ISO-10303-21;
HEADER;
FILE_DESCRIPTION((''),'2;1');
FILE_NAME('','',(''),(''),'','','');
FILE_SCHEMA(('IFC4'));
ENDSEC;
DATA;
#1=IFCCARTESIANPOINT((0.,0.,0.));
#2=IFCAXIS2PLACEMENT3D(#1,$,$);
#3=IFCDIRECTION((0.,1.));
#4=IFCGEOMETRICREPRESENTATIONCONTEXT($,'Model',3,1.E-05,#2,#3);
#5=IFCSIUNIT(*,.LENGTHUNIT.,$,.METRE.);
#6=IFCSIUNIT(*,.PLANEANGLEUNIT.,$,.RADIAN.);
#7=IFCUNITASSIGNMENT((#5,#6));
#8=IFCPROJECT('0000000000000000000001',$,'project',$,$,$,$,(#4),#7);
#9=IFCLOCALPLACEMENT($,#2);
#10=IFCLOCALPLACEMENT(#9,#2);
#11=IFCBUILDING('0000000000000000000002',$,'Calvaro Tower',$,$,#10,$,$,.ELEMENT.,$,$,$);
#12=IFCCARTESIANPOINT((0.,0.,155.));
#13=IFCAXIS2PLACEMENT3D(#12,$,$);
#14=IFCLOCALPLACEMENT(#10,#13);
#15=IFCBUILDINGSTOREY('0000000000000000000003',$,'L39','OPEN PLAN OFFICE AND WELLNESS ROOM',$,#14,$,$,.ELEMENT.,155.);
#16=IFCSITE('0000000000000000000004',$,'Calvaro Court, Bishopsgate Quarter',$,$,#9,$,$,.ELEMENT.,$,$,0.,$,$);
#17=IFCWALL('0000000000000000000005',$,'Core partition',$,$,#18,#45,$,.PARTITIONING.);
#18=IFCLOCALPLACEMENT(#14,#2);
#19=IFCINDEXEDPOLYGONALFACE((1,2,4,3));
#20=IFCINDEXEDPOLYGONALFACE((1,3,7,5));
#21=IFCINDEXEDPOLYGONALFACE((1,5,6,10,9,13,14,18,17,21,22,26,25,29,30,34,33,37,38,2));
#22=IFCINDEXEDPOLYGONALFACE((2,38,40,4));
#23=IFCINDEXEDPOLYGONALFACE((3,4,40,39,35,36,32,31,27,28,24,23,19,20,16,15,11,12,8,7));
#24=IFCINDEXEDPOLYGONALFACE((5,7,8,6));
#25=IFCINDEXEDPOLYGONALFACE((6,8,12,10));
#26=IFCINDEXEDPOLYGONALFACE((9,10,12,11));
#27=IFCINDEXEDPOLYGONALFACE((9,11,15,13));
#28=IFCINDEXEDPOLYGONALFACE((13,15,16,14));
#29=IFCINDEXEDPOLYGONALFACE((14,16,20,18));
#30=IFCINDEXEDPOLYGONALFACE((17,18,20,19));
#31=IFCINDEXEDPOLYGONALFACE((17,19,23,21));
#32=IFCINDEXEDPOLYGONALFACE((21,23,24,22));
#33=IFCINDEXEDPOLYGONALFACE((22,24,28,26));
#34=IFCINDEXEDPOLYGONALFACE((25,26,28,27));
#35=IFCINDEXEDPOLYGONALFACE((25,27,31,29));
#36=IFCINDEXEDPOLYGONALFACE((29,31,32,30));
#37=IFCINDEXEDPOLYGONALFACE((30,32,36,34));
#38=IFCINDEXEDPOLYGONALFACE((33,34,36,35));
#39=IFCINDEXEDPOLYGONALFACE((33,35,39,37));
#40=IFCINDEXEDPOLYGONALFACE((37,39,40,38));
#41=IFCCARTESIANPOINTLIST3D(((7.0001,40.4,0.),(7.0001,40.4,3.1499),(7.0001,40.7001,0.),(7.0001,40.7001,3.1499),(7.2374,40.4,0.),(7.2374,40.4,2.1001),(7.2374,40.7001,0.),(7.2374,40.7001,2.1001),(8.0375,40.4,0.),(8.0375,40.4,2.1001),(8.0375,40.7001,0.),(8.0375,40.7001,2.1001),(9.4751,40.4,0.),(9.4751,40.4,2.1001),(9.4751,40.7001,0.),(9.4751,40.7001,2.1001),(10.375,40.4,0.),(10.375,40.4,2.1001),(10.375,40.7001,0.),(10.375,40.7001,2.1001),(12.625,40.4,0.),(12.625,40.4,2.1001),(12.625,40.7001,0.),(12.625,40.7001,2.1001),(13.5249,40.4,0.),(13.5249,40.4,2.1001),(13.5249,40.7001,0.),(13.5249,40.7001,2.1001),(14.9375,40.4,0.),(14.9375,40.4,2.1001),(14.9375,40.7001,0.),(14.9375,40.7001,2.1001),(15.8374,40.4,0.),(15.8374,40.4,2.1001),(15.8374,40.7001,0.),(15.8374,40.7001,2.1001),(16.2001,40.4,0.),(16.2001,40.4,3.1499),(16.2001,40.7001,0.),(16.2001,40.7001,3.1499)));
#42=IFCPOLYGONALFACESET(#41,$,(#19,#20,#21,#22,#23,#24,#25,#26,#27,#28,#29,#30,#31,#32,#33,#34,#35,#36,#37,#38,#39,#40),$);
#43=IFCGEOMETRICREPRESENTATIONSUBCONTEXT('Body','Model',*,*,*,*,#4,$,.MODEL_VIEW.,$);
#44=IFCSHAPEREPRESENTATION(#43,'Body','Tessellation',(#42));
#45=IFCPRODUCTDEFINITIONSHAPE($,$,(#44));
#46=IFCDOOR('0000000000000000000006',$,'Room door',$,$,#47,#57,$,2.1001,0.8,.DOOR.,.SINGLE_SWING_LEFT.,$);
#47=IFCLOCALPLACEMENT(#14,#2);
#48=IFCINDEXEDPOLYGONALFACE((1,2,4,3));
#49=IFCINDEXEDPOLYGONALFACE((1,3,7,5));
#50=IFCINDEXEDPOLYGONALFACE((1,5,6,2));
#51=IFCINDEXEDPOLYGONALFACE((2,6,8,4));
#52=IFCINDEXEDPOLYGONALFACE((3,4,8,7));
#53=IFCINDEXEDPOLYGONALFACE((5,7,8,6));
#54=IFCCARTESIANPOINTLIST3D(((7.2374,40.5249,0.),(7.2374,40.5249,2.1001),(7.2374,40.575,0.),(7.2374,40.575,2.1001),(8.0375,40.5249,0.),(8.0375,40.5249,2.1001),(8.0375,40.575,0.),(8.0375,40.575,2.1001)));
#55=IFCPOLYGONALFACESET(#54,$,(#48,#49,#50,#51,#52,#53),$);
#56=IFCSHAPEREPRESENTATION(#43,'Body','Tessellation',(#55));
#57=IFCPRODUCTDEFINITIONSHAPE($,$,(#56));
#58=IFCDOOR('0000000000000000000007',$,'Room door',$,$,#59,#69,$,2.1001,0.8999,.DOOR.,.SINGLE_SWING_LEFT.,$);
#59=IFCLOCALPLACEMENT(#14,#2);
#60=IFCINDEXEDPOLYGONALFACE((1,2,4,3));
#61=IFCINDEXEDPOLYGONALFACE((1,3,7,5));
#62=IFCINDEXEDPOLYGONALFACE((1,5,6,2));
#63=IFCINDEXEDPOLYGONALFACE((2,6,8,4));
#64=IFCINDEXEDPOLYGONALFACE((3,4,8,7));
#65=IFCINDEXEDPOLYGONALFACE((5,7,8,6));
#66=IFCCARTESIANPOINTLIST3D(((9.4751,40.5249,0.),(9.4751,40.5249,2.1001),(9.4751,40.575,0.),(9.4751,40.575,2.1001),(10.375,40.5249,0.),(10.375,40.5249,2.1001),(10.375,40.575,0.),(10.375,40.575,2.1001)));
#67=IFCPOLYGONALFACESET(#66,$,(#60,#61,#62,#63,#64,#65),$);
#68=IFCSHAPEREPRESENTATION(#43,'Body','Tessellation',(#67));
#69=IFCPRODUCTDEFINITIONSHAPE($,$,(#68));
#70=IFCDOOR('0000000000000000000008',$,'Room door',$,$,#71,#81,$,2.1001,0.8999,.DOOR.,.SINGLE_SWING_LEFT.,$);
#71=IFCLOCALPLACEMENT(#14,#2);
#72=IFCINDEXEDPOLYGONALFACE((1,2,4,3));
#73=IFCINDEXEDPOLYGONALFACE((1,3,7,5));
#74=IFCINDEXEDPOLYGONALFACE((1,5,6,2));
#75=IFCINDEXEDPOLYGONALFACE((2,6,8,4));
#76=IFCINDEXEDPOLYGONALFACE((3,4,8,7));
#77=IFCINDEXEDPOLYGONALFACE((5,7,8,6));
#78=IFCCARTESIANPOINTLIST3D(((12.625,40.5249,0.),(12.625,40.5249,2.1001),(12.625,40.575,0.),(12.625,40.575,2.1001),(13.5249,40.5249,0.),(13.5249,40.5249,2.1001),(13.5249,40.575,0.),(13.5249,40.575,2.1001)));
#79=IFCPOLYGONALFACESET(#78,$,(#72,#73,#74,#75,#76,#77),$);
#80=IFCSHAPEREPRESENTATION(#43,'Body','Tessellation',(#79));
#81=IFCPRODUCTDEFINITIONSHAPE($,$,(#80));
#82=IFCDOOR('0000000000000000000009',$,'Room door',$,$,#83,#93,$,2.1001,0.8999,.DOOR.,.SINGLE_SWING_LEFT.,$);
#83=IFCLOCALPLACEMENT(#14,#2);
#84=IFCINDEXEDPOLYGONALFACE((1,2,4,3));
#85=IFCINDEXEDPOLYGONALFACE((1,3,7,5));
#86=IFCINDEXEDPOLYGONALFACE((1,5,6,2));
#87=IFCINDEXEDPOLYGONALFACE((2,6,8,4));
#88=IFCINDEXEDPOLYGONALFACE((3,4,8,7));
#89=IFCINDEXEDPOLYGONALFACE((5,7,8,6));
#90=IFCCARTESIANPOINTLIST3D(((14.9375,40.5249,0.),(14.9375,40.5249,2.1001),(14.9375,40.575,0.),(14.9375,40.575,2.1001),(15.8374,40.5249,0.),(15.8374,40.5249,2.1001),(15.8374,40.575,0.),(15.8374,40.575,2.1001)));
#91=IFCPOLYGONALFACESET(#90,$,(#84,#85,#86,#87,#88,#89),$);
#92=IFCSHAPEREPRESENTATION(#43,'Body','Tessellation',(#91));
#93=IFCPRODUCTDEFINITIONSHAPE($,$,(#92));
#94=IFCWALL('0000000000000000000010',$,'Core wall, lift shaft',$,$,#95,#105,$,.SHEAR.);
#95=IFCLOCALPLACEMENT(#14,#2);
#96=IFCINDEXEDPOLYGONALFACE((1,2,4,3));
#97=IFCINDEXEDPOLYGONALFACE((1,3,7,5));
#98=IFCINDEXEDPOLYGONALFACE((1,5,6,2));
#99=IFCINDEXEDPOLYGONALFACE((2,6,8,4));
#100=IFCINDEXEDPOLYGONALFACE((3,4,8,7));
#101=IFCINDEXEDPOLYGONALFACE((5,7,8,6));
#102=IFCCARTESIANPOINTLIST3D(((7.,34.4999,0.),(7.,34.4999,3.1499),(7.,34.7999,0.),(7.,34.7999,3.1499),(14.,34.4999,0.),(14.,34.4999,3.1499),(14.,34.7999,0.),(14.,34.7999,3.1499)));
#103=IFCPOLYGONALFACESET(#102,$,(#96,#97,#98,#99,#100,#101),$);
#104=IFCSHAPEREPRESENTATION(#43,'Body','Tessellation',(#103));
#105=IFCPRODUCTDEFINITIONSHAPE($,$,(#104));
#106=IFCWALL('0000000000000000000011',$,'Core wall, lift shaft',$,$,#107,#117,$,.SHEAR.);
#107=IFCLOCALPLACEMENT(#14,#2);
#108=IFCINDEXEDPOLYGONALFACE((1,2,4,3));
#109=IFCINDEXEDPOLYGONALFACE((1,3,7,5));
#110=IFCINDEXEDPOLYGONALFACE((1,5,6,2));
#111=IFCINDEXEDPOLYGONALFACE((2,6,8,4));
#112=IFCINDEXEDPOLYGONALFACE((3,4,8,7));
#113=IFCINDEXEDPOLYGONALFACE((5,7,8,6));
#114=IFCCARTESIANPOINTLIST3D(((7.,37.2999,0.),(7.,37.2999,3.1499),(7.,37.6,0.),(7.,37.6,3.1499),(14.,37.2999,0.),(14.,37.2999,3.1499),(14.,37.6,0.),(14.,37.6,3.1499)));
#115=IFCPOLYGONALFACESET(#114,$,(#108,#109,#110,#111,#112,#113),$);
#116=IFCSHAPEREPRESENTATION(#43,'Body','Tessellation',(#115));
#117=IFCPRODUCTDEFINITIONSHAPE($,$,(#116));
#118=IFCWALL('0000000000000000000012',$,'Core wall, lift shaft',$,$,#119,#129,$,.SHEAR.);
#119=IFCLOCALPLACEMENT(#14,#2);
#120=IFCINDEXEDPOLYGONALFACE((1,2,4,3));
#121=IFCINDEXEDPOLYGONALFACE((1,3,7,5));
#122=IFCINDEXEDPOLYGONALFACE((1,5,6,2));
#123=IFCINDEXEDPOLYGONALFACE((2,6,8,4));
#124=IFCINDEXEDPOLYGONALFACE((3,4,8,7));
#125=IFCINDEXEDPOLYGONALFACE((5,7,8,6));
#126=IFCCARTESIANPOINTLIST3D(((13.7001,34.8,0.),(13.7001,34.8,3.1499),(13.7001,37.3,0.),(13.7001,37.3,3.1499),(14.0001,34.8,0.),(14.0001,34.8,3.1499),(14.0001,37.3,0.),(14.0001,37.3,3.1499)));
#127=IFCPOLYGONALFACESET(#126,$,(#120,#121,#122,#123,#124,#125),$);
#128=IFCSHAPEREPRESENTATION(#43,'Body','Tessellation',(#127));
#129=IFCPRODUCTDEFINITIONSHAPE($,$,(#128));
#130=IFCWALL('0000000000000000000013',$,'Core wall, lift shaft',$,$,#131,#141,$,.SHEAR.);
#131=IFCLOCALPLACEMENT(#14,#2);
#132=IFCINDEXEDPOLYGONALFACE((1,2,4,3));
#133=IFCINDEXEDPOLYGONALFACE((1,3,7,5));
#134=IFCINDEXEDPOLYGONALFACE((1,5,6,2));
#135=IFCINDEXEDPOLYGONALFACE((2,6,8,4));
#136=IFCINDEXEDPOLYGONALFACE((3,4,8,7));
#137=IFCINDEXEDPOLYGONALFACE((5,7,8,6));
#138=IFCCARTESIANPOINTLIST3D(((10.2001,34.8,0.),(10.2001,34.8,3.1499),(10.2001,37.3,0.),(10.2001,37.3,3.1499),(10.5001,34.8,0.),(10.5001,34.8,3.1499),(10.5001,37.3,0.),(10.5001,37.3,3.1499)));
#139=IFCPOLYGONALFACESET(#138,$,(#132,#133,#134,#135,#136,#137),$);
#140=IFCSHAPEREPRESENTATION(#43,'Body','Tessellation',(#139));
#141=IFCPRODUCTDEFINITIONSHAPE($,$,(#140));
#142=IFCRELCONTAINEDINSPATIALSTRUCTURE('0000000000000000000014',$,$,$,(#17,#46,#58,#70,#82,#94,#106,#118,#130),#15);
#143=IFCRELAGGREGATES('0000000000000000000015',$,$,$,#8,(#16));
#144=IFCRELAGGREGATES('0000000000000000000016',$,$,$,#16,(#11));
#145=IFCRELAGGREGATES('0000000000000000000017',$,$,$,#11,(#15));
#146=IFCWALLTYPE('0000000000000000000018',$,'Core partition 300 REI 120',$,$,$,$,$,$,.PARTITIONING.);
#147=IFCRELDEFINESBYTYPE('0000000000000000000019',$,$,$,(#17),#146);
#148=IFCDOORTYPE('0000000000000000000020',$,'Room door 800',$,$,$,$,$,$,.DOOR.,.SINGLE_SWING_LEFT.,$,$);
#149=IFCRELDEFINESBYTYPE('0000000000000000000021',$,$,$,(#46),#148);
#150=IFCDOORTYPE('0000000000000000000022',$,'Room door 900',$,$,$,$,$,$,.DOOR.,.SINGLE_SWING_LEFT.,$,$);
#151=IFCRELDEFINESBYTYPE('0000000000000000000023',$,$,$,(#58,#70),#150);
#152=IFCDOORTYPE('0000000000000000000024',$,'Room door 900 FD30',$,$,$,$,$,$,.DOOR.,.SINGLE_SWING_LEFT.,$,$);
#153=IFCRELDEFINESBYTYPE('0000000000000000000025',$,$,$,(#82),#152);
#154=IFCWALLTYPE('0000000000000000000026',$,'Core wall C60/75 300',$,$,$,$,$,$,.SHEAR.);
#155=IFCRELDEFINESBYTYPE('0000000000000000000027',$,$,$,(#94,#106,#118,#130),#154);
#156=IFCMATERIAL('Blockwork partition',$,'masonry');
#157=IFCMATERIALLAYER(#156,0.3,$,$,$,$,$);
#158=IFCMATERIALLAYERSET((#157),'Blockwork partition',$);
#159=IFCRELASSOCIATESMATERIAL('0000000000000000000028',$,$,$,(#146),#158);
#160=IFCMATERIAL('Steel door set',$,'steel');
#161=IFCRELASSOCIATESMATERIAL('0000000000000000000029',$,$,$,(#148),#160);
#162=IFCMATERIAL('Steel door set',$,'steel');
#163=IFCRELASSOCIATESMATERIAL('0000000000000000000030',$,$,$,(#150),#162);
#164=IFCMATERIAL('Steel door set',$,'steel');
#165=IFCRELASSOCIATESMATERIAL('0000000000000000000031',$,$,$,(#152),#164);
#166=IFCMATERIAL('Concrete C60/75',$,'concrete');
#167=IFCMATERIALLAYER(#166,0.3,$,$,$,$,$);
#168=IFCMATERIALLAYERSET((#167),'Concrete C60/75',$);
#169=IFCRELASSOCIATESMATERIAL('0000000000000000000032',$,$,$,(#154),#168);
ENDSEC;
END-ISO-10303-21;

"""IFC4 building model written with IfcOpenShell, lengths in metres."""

from ifc_helpers import new_model, si_unit, direction, frame, frame_2d, origin, place, context, subcontext, project, spatial, rectangle, extrude, material, layer, layer_set, type_object, element, fill, save


model = new_model("IFC4")

# Units and contexts
model_context = context("Model", 3, precision=1e-05, world=origin(), true_north=direction((0.0, 1.0)))
body_context = subcontext(model_context, "Body", "Model", "MODEL_VIEW")
ifc_project = project(units=[si_unit("LENGTHUNIT", "METRE"), si_unit("PLANEANGLEUNIT", "RADIAN")], contexts=[model_context])

# Site, building, storey
site_placement = place(None, origin())
site = spatial("IfcSite", under=ifc_project, at=site_placement, Name="Calvaro Court, Bishopsgate Quarter", CompositionType="ELEMENT", RefElevation=0.0)
building_placement = place(site_placement, origin())
building = spatial("IfcBuilding", under=site, at=building_placement, Name="Calvaro Tower", CompositionType="ELEMENT")
storey_placement = place(building_placement, frame((0.0, 0.0, 155.0)))
storey = spatial("IfcBuildingStorey", under=building, at=storey_placement, Name="L39", Description="OPEN PLAN OFFICE AND WELLNESS ROOM", CompositionType="ELEMENT", Elevation=155.0)

# Wall, openings, doors
ifc_material_1 = material(Name="Blockwork partition", Category="masonry")
ifc_layer_1 = layer(ifc_material_1, 0.3)
ifc_layer_set_1 = layer_set([ifc_layer_1], Name="Blockwork partition")
wall_type_1 = type_object("IfcWallType", Name="Core partition 300 REI 120", PredefinedType="PARTITIONING", material=ifc_layer_set_1)
wall_1_placement = place(storey_placement, frame((7.0, 40.55, 0.0), z_axis=(0.0, 0.0, 1.0), x_axis=(1.0, 0.0, 0.0)))
wall_1 = element("IfcWall", 1, at=wall_1_placement, inside=storey, type_object=wall_type_1, Name="Core partition", PredefinedType="PARTITIONING", context=body_context, shape_type="SweptSolid", body=[
    extrude(rectangle(XDim=9.2, YDim=0.3, at=frame_2d((4.6001, 0.0))), origin(), (0.0, 0.0, 1.0), 3.1499),
])
opening_1_placement = place(wall_1_placement, frame((0.2375, 0.0, 0.0)))
opening_1 = element("IfcOpeningElement", 2, at=opening_1_placement, cuts=wall_1, PredefinedType="OPENING", context=body_context, shape_type="SweptSolid", body=[
    extrude(rectangle(XDim=0.8, YDim=2.1001, at=frame_2d((0.3999, 1.05))), frame((0.0, 0.1599, 0.0), z_axis=(0.0, -1.0, 0.0), x_axis=(1.0, 0.0, 0.0)), (0.0, 0.0, 1.0), 0.3201),
])
opening_2_placement = place(wall_1_placement, frame((2.4751, 0.0, 0.0)))
opening_2 = element("IfcOpeningElement", 3, at=opening_2_placement, cuts=wall_1, PredefinedType="OPENING", context=body_context, shape_type="SweptSolid", body=[
    extrude(rectangle(XDim=0.8999, YDim=2.1001, at=frame_2d((0.45, 1.05))), frame((0.0, 0.1599, 0.0), z_axis=(0.0, -1.0, 0.0), x_axis=(1.0, 0.0, 0.0)), (0.0, 0.0, 1.0), 0.3201),
])
opening_3_placement = place(wall_1_placement, frame((5.625, 0.0, 0.0)))
opening_3 = element("IfcOpeningElement", 4, at=opening_3_placement, cuts=wall_1, PredefinedType="OPENING", context=body_context, shape_type="SweptSolid", body=[
    extrude(rectangle(XDim=0.8999, YDim=2.1001, at=frame_2d((0.45, 1.05))), frame((0.0, 0.1599, 0.0), z_axis=(0.0, -1.0, 0.0), x_axis=(1.0, 0.0, 0.0)), (0.0, 0.0, 1.0), 0.3201),
])
opening_4_placement = place(wall_1_placement, frame((7.9375, 0.0, 0.0)))
opening_4 = element("IfcOpeningElement", 5, at=opening_4_placement, cuts=wall_1, PredefinedType="OPENING", context=body_context, shape_type="SweptSolid", body=[
    extrude(rectangle(XDim=0.8999, YDim=2.1001, at=frame_2d((0.45, 1.05))), frame((0.0, 0.1599, 0.0), z_axis=(0.0, -1.0, 0.0), x_axis=(1.0, 0.0, 0.0)), (0.0, 0.0, 1.0), 0.3201),
])
ifc_material_2 = material(Name="Steel door set", Category="steel")
door_type_1 = type_object("IfcDoorType", Name="Room door 800", OperationType="SINGLE_SWING_LEFT", PredefinedType="DOOR", material=ifc_material_2)
door_1_placement = place(opening_1_placement, origin())
door_1 = element("IfcDoor", 6, at=door_1_placement, inside=storey, type_object=door_type_1, Name="Room door", OperationType="SINGLE_SWING_LEFT", OverallHeight=2.1001, OverallWidth=0.8, PredefinedType="DOOR", context=body_context, shape_type="SweptSolid", body=[
    extrude(rectangle(XDim=0.8, YDim=2.1001, at=frame_2d((0.3999, 1.05))), frame((0.0, 0.0249, 0.0), z_axis=(0.0, -1.0, 0.0), x_axis=(1.0, 0.0, 0.0)), (0.0, 0.0, 1.0), 0.05),
])
fill(opening_1, door_1)
ifc_material_3 = material(Name="Steel door set", Category="steel")
door_type_2 = type_object("IfcDoorType", Name="Room door 900", OperationType="SINGLE_SWING_LEFT", PredefinedType="DOOR", material=ifc_material_3)
door_2_placement = place(opening_2_placement, origin())
door_2 = element("IfcDoor", 7, at=door_2_placement, inside=storey, type_object=door_type_2, Name="Room door", OperationType="SINGLE_SWING_LEFT", OverallHeight=2.1001, OverallWidth=0.8999, PredefinedType="DOOR", context=body_context, shape_type="SweptSolid", body=[
    extrude(rectangle(XDim=0.8999, YDim=2.1001, at=frame_2d((0.45, 1.05))), frame((0.0, 0.0249, 0.0), z_axis=(0.0, -1.0, 0.0), x_axis=(1.0, 0.0, 0.0)), (0.0, 0.0, 1.0), 0.05),
])
fill(opening_2, door_2)
door_3_placement = place(opening_3_placement, origin())
door_3 = element("IfcDoor", 8, at=door_3_placement, inside=storey, type_object=door_type_2, Name="Room door", OperationType="SINGLE_SWING_LEFT", OverallHeight=2.1001, OverallWidth=0.8999, PredefinedType="DOOR", context=body_context, shape_type="SweptSolid", body=[
    extrude(rectangle(XDim=0.8999, YDim=2.1001, at=frame_2d((0.45, 1.05))), frame((0.0, 0.0249, 0.0), z_axis=(0.0, -1.0, 0.0), x_axis=(1.0, 0.0, 0.0)), (0.0, 0.0, 1.0), 0.05),
])
fill(opening_3, door_3)
ifc_material_4 = material(Name="Steel door set", Category="steel")
door_type_3 = type_object("IfcDoorType", Name="Room door 900 FD30", OperationType="SINGLE_SWING_LEFT", PredefinedType="DOOR", material=ifc_material_4)
door_4_placement = place(opening_4_placement, origin())
door_4 = element("IfcDoor", 9, at=door_4_placement, inside=storey, type_object=door_type_3, Name="Room door", OperationType="SINGLE_SWING_LEFT", OverallHeight=2.1001, OverallWidth=0.8999, PredefinedType="DOOR", context=body_context, shape_type="SweptSolid", body=[
    extrude(rectangle(XDim=0.8999, YDim=2.1001, at=frame_2d((0.45, 1.05))), frame((0.0, 0.0249, 0.0), z_axis=(0.0, -1.0, 0.0), x_axis=(1.0, 0.0, 0.0)), (0.0, 0.0, 1.0), 0.05),
])
fill(opening_4, door_4)

# Walls
ifc_material_5 = material(Name="Concrete C60/75", Category="concrete")
ifc_layer_2 = layer(ifc_material_5, 0.3)
ifc_layer_set_2 = layer_set([ifc_layer_2], Name="Concrete C60/75")
wall_type_2 = type_object("IfcWallType", Name="Core wall C60/75 300", PredefinedType="SHEAR", material=ifc_layer_set_2)
for number, where, z_axis, x_axis, name in (
    (10, (7.0, 34.6499, 0.0), (0.0, 0.0, 1.0), (1.0, 0.0, 0.0), "Core wall, lift shaft"),
    (11, (7.0, 37.45, 0.0), (0.0, 0.0, 1.0), (1.0, 0.0, 0.0), "Core wall, lift shaft"),
):
    element("IfcWall", number, at=place(storey_placement, frame(where, z_axis=z_axis, x_axis=x_axis)), inside=storey, type_object=wall_type_2, Name=name, PredefinedType="SHEAR", context=body_context, shape_type="SweptSolid", body=[
        extrude(rectangle(XDim=7.0, YDim=0.3, at=frame_2d((3.5, 0.0))), origin(), (0.0, 0.0, 1.0), 3.1499),
    ])
for number, where, z_axis, x_axis, name in (
    (12, (13.8501, 34.8, 0.0), (0.0, 0.0, 1.0), (0.0, 1.0, 0.0), "Core wall, lift shaft"),
    (13, (10.3501, 34.8, 0.0), (0.0, 0.0, 1.0), (0.0, 1.0, 0.0), "Core wall, lift shaft"),
):
    element("IfcWall", number, at=place(storey_placement, frame(where, z_axis=z_axis, x_axis=x_axis)), inside=storey, type_object=wall_type_2, Name=name, PredefinedType="SHEAR", context=body_context, shape_type="SweptSolid", body=[
        extrude(rectangle(XDim=2.5, YDim=0.3, at=frame_2d((1.25, 0.0))), origin(), (0.0, 0.0, 1.0), 3.1499),
    ])

save(model, "model.ifc")
